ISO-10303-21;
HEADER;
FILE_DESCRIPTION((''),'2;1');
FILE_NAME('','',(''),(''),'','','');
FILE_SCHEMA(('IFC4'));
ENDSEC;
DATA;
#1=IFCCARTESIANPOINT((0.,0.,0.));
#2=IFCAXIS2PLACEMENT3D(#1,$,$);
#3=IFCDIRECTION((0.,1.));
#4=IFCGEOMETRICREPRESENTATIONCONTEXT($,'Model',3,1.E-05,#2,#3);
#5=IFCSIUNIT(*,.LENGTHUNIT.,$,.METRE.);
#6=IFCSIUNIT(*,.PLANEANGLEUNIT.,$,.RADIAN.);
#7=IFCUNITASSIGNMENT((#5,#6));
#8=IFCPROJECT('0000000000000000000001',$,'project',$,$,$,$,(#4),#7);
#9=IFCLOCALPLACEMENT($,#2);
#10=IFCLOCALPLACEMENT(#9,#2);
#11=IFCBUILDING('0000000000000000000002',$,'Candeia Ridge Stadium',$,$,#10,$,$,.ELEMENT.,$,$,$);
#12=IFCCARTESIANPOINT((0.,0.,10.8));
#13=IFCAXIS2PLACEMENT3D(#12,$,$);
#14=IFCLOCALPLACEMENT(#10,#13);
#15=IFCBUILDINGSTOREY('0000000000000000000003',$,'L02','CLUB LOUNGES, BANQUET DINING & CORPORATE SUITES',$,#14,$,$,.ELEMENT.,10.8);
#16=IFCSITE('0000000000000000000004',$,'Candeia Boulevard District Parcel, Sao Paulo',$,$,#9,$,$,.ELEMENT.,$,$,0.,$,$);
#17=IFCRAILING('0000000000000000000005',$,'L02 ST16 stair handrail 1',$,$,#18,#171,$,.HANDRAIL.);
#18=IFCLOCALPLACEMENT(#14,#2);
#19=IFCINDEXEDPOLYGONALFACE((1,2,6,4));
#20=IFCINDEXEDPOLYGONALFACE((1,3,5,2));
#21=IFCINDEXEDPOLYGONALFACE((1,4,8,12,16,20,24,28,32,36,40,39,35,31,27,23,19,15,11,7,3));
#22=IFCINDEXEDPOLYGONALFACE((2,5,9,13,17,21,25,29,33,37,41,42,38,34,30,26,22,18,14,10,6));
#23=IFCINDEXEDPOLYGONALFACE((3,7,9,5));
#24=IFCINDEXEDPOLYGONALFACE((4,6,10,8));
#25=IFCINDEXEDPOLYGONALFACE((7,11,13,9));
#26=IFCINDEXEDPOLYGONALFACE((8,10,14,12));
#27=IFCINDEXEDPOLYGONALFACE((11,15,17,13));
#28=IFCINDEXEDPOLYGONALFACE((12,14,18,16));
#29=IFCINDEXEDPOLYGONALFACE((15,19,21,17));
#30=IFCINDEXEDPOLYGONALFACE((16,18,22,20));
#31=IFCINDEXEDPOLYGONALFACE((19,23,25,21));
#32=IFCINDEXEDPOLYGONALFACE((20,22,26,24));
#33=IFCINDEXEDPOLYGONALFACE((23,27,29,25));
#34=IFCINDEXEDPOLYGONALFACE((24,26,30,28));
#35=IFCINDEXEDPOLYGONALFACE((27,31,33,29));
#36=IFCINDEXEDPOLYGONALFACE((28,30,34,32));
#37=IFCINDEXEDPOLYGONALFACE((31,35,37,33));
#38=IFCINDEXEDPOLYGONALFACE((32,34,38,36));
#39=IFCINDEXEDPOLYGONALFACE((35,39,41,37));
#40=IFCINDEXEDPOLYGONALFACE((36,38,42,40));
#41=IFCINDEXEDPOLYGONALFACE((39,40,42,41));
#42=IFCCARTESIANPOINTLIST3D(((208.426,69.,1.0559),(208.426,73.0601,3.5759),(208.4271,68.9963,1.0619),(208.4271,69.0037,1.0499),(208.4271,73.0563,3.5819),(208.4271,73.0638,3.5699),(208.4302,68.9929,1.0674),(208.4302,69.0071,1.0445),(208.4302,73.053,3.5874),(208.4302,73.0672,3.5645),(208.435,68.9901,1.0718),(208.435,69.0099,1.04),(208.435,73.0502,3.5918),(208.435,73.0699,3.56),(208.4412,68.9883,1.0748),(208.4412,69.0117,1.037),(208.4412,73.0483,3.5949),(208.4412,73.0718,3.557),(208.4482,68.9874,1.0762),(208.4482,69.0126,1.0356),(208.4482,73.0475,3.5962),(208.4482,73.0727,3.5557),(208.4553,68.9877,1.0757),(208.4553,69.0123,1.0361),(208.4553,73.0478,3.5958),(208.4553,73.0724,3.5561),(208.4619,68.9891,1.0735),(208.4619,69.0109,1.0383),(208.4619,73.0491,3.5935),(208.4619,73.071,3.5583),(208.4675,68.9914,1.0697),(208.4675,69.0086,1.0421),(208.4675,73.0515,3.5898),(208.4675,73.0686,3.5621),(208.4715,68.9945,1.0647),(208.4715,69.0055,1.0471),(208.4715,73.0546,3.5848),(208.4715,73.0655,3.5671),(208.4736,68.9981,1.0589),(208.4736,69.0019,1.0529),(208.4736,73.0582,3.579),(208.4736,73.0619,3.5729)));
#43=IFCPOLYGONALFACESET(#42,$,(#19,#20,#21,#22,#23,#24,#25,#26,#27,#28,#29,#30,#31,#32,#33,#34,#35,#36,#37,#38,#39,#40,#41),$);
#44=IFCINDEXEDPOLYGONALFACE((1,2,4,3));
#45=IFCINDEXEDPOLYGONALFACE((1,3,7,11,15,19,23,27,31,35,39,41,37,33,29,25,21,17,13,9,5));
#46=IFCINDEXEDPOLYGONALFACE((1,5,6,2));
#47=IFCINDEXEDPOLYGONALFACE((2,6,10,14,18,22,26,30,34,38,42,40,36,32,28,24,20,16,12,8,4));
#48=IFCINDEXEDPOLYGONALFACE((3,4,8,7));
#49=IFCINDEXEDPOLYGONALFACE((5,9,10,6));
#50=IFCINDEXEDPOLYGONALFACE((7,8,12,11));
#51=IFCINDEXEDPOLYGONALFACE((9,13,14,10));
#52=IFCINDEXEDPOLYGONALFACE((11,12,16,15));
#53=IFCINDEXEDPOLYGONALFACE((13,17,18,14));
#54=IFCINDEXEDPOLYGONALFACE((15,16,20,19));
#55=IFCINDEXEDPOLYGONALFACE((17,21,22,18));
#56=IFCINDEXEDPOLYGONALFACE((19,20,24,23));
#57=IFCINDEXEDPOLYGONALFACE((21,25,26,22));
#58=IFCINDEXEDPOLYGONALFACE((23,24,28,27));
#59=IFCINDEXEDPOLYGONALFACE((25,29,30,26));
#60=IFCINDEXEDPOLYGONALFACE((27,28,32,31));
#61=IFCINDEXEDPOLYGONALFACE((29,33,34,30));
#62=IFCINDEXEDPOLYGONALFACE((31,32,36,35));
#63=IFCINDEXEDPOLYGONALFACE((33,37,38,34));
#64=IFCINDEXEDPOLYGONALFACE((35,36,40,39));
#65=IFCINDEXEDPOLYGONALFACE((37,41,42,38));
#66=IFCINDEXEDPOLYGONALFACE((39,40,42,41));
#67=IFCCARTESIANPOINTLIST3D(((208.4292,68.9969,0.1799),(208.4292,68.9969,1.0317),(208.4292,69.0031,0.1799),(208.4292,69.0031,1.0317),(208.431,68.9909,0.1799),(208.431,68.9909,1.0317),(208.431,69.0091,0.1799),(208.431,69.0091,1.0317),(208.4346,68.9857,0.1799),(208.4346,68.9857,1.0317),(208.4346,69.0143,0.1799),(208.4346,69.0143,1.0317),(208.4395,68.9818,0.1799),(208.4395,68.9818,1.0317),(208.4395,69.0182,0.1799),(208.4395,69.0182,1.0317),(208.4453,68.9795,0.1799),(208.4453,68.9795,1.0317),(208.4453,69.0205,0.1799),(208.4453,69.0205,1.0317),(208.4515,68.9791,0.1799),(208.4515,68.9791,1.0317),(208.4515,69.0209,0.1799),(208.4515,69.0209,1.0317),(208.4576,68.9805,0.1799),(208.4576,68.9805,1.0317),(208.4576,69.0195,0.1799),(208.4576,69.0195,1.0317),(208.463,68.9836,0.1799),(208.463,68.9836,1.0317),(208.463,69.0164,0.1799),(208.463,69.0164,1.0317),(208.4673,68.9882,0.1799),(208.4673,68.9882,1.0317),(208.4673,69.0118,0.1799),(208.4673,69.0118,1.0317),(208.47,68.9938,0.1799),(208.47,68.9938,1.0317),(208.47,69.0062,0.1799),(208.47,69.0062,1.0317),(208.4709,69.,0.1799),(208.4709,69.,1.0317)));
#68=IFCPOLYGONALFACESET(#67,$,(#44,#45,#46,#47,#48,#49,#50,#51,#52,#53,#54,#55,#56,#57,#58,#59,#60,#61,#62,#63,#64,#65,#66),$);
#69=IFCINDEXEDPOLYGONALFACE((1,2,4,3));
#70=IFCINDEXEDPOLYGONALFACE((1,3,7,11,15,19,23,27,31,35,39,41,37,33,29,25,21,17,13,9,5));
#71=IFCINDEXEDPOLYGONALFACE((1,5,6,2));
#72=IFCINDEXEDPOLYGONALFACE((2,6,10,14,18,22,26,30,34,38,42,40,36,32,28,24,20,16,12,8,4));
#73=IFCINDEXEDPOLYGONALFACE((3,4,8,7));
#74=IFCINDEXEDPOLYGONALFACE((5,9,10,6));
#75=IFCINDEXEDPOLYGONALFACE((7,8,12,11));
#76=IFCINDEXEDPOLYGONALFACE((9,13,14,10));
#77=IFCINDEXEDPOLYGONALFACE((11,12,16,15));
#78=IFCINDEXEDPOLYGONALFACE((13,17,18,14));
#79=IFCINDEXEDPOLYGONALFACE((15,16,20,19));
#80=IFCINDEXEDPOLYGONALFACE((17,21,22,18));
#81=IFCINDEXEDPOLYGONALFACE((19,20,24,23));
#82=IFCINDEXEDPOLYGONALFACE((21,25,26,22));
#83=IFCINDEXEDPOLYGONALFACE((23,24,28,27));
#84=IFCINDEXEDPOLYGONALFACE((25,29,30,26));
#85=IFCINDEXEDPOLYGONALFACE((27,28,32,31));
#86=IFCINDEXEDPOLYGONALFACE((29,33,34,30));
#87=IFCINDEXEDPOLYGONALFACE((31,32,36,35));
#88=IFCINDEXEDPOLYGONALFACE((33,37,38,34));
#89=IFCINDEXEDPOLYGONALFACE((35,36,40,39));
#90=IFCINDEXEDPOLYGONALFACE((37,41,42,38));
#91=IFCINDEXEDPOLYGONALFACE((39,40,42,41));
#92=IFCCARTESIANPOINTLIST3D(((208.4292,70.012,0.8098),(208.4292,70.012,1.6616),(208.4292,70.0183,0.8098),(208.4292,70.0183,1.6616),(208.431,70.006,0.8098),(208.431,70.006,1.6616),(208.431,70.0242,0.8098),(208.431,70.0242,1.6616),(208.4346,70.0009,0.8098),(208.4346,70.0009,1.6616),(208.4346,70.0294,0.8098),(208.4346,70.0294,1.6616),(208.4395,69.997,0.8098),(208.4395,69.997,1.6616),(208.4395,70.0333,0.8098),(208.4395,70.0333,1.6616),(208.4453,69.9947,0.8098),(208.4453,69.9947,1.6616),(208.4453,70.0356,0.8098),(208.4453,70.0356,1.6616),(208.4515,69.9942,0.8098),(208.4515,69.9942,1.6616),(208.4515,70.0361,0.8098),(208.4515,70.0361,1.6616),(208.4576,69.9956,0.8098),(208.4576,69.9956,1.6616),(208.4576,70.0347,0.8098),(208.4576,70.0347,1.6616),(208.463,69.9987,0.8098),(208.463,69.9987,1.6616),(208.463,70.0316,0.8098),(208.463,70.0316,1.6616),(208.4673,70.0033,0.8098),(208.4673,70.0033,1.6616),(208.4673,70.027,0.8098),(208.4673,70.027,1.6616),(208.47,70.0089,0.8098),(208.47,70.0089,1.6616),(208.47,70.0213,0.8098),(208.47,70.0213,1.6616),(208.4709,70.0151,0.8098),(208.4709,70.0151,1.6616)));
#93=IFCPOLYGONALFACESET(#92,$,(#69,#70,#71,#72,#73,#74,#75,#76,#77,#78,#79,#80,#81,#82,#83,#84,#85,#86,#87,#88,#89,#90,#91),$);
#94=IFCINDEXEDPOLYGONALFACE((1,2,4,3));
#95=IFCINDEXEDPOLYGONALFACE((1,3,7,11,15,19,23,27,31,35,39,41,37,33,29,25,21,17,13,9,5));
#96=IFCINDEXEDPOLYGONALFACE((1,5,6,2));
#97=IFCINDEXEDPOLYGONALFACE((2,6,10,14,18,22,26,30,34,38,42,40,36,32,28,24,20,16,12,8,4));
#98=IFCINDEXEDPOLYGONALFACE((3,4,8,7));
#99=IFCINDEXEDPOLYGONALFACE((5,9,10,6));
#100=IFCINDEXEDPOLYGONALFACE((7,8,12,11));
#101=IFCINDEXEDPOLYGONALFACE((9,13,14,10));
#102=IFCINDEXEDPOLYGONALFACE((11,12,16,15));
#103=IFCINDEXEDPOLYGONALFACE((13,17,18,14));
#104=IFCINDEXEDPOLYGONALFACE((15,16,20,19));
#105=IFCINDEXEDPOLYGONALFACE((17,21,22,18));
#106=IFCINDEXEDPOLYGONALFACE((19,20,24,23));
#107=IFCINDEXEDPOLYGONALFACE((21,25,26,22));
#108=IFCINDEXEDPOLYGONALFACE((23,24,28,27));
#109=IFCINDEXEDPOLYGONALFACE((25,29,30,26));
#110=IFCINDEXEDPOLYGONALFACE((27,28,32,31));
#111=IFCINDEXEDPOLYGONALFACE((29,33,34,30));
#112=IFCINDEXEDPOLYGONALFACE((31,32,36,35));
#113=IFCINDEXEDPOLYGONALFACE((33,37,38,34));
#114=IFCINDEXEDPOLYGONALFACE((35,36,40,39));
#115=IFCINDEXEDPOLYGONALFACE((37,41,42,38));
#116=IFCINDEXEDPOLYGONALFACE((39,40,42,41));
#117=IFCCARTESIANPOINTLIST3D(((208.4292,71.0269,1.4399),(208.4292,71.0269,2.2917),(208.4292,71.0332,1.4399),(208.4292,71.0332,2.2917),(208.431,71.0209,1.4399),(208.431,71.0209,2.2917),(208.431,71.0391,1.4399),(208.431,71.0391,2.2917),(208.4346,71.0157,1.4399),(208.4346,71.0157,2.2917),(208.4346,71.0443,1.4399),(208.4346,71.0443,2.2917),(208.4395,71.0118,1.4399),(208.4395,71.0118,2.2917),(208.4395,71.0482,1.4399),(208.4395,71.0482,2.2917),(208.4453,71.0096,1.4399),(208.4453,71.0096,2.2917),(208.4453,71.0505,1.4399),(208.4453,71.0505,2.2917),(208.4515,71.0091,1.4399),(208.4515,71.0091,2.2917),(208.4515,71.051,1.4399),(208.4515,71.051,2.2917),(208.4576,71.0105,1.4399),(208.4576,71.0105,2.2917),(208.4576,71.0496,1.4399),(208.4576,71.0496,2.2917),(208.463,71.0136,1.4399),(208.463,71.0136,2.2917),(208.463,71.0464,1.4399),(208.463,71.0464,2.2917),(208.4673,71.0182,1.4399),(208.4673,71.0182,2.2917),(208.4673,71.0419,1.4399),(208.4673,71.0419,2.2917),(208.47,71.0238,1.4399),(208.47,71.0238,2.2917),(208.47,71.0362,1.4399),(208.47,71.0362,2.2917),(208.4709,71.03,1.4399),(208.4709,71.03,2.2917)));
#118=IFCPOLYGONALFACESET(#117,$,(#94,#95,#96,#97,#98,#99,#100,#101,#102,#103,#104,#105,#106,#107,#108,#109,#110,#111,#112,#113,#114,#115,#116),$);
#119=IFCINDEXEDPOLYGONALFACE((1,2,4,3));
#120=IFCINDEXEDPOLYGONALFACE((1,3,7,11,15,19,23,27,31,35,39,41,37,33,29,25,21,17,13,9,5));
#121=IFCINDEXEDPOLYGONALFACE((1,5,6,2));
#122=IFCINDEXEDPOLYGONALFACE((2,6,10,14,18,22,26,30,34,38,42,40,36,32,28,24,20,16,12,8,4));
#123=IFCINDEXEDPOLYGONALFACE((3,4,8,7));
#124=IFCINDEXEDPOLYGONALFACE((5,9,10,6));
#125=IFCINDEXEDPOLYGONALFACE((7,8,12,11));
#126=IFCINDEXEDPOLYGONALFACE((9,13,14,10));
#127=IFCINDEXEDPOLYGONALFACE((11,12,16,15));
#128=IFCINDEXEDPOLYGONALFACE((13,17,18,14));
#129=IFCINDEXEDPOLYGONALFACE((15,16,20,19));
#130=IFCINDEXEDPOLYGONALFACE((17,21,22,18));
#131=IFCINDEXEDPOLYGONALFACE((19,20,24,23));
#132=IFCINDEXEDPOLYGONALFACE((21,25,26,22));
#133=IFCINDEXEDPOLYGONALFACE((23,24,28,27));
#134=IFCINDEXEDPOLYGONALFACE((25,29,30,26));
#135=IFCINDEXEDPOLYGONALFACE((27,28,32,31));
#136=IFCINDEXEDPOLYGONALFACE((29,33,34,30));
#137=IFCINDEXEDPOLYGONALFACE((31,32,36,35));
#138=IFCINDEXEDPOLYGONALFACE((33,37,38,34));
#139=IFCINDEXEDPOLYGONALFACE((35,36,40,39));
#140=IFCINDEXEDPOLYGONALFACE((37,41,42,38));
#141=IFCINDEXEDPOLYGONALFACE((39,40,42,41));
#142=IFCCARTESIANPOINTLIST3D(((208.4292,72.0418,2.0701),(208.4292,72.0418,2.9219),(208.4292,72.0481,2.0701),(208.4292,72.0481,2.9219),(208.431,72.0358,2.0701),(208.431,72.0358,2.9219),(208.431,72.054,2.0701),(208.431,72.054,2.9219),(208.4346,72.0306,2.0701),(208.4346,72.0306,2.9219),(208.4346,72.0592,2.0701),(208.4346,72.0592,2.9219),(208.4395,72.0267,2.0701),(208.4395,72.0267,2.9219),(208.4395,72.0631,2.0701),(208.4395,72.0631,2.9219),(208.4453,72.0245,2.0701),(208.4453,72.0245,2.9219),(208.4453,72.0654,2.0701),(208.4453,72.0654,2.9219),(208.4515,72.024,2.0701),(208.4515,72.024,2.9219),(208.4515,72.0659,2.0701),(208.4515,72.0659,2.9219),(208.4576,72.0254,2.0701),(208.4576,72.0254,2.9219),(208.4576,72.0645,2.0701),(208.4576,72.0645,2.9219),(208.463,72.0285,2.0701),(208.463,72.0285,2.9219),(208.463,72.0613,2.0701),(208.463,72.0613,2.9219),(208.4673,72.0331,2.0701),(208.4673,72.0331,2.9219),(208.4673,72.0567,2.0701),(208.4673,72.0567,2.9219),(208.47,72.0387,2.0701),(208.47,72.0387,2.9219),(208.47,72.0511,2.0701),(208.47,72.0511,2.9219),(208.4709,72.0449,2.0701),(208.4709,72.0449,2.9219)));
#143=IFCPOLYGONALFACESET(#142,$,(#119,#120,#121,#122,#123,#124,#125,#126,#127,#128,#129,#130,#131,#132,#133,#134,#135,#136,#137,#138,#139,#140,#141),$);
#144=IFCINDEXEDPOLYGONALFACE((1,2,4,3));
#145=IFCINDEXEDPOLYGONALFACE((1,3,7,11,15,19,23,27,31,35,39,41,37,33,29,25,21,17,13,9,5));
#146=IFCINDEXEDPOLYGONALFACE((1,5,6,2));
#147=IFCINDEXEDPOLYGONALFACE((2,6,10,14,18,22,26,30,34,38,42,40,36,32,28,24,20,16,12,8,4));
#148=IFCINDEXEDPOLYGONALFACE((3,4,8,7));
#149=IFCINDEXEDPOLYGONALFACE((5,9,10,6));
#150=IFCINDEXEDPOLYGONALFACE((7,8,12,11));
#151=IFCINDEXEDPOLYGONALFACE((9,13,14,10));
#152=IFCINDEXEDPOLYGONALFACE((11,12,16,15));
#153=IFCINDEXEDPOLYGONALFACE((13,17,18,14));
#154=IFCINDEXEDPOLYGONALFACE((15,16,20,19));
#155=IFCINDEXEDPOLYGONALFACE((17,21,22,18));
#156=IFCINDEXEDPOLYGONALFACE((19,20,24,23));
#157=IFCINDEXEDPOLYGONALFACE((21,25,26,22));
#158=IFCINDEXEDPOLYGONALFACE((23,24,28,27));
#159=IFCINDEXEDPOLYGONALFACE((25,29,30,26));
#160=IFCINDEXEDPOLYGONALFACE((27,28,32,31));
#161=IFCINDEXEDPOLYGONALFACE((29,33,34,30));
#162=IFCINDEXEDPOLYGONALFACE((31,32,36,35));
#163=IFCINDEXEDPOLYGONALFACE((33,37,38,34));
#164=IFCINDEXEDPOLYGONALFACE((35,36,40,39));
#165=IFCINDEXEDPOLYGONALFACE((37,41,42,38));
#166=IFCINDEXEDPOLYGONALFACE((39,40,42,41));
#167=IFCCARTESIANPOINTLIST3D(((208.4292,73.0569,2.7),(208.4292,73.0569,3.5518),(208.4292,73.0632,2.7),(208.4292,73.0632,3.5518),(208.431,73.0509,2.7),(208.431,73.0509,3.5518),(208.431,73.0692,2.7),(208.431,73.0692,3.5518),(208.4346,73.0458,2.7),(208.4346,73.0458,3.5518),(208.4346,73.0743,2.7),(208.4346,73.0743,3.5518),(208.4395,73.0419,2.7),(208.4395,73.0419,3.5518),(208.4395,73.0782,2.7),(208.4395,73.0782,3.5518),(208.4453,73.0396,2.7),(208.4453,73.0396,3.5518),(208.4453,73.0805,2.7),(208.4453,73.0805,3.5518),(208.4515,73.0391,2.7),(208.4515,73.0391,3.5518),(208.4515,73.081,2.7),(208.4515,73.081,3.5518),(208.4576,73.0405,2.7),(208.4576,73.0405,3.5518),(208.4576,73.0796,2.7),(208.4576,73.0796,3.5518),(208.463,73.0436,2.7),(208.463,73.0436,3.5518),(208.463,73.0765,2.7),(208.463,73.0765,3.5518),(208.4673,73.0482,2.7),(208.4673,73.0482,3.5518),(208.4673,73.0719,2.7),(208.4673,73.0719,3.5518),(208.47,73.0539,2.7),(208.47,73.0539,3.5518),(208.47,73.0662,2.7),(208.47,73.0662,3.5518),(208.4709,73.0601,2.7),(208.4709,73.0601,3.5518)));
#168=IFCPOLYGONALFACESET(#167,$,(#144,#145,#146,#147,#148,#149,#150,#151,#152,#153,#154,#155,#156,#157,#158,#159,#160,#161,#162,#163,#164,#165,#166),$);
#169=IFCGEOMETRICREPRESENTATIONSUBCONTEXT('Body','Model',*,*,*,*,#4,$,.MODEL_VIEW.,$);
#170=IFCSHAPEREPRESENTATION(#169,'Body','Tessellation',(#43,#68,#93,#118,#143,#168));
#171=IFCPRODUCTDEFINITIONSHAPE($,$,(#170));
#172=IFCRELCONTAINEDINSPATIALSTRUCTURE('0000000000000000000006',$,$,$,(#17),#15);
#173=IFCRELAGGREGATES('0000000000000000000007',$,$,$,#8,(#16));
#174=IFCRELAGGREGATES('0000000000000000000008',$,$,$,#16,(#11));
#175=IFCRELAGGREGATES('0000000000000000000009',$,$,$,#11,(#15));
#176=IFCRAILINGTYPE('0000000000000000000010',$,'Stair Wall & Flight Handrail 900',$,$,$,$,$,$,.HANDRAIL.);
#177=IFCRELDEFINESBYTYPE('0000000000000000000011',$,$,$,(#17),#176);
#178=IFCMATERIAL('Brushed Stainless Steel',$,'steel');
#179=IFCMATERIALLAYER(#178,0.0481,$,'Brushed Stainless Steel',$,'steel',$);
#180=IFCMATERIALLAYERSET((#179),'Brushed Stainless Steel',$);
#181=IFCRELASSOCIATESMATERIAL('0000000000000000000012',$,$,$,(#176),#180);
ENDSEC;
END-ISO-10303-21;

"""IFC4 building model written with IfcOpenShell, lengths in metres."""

from ifc_helpers import new_model, si_unit, direction, frame, origin, origin_2d, place, context, subcontext, project, spatial, circle, extrude, material, layer, layer_set, type_object, element, save


model = new_model("IFC4")

# Units and contexts
model_context = context("Model", 3, precision=1e-05, world=origin(), true_north=direction((0.0, 1.0)))
body_context = subcontext(model_context, "Body", "Model", "MODEL_VIEW")
ifc_project = project(units=[si_unit("LENGTHUNIT", "METRE"), si_unit("PLANEANGLEUNIT", "RADIAN")], contexts=[model_context])

# Site, building, storey
site_placement = place(None, origin())
site = spatial("IfcSite", under=ifc_project, at=site_placement, Name="Candeia Boulevard District Parcel, Sao Paulo", CompositionType="ELEMENT", RefElevation=0.0)
building_placement = place(site_placement, origin())
building = spatial("IfcBuilding", under=site, at=building_placement, Name="Candeia Ridge Stadium", CompositionType="ELEMENT")
storey_placement = place(building_placement, frame((0.0, 0.0, 10.8)))
storey = spatial("IfcBuildingStorey", under=building, at=storey_placement, Name="L02", Description="CLUB LOUNGES, BANQUET DINING & CORPORATE SUITES", CompositionType="ELEMENT", Elevation=10.8)

# Shared definitions
ifc_material_1 = material(Name="Brushed Stainless Steel", Category="steel")

# Railing
ifc_layer_1 = layer(ifc_material_1, 0.0481, Name="Brushed Stainless Steel", Category="steel")
ifc_layer_set_1 = layer_set([ifc_layer_1], Name="Brushed Stainless Steel")
railing_type_1 = type_object("IfcRailingType", Name="Stair Wall & Flight Handrail 900", PredefinedType="HANDRAIL", material=ifc_layer_set_1)
railing_1_placement = place(storey_placement, frame((208.45, 69.0, 0.1799)))
element("IfcRailing", 1, at=railing_1_placement, inside=storey, type_object=railing_type_1, Name="L02 ST16 stair handrail 1", PredefinedType="HANDRAIL", context=body_context, shape_type="SweptSolid", body=[
    extrude(circle(Radius=0.0239, at=origin_2d()), frame((0.0, 0.0, 0.876), z_axis=(0.0, 0.849642, 0.52736), x_axis=(-1.0, 0.0, 0.0)), (0.0, 0.0, 1.0), 4.7786),
    extrude(circle(Radius=0.021, at=origin_2d()), origin(), (0.0, 0.0, 1.0), 0.8518),
    extrude(circle(Radius=0.021, at=origin_2d()), frame((0.0, 1.0151, 0.6299)), (0.0, 0.0, 1.0), 0.8518),
    extrude(circle(Radius=0.021, at=origin_2d()), frame((0.0, 2.03, 1.26)), (0.0, 0.0, 1.0), 0.8518),
    extrude(circle(Radius=0.021, at=origin_2d()), frame((0.0, 3.0449, 1.8901)), (0.0, 0.0, 1.0), 0.8518),
    extrude(circle(Radius=0.021, at=origin_2d()), frame((0.0, 4.0601, 2.52)), (0.0, 0.0, 1.0), 0.8518),
])

save(model, "model.ifc")
